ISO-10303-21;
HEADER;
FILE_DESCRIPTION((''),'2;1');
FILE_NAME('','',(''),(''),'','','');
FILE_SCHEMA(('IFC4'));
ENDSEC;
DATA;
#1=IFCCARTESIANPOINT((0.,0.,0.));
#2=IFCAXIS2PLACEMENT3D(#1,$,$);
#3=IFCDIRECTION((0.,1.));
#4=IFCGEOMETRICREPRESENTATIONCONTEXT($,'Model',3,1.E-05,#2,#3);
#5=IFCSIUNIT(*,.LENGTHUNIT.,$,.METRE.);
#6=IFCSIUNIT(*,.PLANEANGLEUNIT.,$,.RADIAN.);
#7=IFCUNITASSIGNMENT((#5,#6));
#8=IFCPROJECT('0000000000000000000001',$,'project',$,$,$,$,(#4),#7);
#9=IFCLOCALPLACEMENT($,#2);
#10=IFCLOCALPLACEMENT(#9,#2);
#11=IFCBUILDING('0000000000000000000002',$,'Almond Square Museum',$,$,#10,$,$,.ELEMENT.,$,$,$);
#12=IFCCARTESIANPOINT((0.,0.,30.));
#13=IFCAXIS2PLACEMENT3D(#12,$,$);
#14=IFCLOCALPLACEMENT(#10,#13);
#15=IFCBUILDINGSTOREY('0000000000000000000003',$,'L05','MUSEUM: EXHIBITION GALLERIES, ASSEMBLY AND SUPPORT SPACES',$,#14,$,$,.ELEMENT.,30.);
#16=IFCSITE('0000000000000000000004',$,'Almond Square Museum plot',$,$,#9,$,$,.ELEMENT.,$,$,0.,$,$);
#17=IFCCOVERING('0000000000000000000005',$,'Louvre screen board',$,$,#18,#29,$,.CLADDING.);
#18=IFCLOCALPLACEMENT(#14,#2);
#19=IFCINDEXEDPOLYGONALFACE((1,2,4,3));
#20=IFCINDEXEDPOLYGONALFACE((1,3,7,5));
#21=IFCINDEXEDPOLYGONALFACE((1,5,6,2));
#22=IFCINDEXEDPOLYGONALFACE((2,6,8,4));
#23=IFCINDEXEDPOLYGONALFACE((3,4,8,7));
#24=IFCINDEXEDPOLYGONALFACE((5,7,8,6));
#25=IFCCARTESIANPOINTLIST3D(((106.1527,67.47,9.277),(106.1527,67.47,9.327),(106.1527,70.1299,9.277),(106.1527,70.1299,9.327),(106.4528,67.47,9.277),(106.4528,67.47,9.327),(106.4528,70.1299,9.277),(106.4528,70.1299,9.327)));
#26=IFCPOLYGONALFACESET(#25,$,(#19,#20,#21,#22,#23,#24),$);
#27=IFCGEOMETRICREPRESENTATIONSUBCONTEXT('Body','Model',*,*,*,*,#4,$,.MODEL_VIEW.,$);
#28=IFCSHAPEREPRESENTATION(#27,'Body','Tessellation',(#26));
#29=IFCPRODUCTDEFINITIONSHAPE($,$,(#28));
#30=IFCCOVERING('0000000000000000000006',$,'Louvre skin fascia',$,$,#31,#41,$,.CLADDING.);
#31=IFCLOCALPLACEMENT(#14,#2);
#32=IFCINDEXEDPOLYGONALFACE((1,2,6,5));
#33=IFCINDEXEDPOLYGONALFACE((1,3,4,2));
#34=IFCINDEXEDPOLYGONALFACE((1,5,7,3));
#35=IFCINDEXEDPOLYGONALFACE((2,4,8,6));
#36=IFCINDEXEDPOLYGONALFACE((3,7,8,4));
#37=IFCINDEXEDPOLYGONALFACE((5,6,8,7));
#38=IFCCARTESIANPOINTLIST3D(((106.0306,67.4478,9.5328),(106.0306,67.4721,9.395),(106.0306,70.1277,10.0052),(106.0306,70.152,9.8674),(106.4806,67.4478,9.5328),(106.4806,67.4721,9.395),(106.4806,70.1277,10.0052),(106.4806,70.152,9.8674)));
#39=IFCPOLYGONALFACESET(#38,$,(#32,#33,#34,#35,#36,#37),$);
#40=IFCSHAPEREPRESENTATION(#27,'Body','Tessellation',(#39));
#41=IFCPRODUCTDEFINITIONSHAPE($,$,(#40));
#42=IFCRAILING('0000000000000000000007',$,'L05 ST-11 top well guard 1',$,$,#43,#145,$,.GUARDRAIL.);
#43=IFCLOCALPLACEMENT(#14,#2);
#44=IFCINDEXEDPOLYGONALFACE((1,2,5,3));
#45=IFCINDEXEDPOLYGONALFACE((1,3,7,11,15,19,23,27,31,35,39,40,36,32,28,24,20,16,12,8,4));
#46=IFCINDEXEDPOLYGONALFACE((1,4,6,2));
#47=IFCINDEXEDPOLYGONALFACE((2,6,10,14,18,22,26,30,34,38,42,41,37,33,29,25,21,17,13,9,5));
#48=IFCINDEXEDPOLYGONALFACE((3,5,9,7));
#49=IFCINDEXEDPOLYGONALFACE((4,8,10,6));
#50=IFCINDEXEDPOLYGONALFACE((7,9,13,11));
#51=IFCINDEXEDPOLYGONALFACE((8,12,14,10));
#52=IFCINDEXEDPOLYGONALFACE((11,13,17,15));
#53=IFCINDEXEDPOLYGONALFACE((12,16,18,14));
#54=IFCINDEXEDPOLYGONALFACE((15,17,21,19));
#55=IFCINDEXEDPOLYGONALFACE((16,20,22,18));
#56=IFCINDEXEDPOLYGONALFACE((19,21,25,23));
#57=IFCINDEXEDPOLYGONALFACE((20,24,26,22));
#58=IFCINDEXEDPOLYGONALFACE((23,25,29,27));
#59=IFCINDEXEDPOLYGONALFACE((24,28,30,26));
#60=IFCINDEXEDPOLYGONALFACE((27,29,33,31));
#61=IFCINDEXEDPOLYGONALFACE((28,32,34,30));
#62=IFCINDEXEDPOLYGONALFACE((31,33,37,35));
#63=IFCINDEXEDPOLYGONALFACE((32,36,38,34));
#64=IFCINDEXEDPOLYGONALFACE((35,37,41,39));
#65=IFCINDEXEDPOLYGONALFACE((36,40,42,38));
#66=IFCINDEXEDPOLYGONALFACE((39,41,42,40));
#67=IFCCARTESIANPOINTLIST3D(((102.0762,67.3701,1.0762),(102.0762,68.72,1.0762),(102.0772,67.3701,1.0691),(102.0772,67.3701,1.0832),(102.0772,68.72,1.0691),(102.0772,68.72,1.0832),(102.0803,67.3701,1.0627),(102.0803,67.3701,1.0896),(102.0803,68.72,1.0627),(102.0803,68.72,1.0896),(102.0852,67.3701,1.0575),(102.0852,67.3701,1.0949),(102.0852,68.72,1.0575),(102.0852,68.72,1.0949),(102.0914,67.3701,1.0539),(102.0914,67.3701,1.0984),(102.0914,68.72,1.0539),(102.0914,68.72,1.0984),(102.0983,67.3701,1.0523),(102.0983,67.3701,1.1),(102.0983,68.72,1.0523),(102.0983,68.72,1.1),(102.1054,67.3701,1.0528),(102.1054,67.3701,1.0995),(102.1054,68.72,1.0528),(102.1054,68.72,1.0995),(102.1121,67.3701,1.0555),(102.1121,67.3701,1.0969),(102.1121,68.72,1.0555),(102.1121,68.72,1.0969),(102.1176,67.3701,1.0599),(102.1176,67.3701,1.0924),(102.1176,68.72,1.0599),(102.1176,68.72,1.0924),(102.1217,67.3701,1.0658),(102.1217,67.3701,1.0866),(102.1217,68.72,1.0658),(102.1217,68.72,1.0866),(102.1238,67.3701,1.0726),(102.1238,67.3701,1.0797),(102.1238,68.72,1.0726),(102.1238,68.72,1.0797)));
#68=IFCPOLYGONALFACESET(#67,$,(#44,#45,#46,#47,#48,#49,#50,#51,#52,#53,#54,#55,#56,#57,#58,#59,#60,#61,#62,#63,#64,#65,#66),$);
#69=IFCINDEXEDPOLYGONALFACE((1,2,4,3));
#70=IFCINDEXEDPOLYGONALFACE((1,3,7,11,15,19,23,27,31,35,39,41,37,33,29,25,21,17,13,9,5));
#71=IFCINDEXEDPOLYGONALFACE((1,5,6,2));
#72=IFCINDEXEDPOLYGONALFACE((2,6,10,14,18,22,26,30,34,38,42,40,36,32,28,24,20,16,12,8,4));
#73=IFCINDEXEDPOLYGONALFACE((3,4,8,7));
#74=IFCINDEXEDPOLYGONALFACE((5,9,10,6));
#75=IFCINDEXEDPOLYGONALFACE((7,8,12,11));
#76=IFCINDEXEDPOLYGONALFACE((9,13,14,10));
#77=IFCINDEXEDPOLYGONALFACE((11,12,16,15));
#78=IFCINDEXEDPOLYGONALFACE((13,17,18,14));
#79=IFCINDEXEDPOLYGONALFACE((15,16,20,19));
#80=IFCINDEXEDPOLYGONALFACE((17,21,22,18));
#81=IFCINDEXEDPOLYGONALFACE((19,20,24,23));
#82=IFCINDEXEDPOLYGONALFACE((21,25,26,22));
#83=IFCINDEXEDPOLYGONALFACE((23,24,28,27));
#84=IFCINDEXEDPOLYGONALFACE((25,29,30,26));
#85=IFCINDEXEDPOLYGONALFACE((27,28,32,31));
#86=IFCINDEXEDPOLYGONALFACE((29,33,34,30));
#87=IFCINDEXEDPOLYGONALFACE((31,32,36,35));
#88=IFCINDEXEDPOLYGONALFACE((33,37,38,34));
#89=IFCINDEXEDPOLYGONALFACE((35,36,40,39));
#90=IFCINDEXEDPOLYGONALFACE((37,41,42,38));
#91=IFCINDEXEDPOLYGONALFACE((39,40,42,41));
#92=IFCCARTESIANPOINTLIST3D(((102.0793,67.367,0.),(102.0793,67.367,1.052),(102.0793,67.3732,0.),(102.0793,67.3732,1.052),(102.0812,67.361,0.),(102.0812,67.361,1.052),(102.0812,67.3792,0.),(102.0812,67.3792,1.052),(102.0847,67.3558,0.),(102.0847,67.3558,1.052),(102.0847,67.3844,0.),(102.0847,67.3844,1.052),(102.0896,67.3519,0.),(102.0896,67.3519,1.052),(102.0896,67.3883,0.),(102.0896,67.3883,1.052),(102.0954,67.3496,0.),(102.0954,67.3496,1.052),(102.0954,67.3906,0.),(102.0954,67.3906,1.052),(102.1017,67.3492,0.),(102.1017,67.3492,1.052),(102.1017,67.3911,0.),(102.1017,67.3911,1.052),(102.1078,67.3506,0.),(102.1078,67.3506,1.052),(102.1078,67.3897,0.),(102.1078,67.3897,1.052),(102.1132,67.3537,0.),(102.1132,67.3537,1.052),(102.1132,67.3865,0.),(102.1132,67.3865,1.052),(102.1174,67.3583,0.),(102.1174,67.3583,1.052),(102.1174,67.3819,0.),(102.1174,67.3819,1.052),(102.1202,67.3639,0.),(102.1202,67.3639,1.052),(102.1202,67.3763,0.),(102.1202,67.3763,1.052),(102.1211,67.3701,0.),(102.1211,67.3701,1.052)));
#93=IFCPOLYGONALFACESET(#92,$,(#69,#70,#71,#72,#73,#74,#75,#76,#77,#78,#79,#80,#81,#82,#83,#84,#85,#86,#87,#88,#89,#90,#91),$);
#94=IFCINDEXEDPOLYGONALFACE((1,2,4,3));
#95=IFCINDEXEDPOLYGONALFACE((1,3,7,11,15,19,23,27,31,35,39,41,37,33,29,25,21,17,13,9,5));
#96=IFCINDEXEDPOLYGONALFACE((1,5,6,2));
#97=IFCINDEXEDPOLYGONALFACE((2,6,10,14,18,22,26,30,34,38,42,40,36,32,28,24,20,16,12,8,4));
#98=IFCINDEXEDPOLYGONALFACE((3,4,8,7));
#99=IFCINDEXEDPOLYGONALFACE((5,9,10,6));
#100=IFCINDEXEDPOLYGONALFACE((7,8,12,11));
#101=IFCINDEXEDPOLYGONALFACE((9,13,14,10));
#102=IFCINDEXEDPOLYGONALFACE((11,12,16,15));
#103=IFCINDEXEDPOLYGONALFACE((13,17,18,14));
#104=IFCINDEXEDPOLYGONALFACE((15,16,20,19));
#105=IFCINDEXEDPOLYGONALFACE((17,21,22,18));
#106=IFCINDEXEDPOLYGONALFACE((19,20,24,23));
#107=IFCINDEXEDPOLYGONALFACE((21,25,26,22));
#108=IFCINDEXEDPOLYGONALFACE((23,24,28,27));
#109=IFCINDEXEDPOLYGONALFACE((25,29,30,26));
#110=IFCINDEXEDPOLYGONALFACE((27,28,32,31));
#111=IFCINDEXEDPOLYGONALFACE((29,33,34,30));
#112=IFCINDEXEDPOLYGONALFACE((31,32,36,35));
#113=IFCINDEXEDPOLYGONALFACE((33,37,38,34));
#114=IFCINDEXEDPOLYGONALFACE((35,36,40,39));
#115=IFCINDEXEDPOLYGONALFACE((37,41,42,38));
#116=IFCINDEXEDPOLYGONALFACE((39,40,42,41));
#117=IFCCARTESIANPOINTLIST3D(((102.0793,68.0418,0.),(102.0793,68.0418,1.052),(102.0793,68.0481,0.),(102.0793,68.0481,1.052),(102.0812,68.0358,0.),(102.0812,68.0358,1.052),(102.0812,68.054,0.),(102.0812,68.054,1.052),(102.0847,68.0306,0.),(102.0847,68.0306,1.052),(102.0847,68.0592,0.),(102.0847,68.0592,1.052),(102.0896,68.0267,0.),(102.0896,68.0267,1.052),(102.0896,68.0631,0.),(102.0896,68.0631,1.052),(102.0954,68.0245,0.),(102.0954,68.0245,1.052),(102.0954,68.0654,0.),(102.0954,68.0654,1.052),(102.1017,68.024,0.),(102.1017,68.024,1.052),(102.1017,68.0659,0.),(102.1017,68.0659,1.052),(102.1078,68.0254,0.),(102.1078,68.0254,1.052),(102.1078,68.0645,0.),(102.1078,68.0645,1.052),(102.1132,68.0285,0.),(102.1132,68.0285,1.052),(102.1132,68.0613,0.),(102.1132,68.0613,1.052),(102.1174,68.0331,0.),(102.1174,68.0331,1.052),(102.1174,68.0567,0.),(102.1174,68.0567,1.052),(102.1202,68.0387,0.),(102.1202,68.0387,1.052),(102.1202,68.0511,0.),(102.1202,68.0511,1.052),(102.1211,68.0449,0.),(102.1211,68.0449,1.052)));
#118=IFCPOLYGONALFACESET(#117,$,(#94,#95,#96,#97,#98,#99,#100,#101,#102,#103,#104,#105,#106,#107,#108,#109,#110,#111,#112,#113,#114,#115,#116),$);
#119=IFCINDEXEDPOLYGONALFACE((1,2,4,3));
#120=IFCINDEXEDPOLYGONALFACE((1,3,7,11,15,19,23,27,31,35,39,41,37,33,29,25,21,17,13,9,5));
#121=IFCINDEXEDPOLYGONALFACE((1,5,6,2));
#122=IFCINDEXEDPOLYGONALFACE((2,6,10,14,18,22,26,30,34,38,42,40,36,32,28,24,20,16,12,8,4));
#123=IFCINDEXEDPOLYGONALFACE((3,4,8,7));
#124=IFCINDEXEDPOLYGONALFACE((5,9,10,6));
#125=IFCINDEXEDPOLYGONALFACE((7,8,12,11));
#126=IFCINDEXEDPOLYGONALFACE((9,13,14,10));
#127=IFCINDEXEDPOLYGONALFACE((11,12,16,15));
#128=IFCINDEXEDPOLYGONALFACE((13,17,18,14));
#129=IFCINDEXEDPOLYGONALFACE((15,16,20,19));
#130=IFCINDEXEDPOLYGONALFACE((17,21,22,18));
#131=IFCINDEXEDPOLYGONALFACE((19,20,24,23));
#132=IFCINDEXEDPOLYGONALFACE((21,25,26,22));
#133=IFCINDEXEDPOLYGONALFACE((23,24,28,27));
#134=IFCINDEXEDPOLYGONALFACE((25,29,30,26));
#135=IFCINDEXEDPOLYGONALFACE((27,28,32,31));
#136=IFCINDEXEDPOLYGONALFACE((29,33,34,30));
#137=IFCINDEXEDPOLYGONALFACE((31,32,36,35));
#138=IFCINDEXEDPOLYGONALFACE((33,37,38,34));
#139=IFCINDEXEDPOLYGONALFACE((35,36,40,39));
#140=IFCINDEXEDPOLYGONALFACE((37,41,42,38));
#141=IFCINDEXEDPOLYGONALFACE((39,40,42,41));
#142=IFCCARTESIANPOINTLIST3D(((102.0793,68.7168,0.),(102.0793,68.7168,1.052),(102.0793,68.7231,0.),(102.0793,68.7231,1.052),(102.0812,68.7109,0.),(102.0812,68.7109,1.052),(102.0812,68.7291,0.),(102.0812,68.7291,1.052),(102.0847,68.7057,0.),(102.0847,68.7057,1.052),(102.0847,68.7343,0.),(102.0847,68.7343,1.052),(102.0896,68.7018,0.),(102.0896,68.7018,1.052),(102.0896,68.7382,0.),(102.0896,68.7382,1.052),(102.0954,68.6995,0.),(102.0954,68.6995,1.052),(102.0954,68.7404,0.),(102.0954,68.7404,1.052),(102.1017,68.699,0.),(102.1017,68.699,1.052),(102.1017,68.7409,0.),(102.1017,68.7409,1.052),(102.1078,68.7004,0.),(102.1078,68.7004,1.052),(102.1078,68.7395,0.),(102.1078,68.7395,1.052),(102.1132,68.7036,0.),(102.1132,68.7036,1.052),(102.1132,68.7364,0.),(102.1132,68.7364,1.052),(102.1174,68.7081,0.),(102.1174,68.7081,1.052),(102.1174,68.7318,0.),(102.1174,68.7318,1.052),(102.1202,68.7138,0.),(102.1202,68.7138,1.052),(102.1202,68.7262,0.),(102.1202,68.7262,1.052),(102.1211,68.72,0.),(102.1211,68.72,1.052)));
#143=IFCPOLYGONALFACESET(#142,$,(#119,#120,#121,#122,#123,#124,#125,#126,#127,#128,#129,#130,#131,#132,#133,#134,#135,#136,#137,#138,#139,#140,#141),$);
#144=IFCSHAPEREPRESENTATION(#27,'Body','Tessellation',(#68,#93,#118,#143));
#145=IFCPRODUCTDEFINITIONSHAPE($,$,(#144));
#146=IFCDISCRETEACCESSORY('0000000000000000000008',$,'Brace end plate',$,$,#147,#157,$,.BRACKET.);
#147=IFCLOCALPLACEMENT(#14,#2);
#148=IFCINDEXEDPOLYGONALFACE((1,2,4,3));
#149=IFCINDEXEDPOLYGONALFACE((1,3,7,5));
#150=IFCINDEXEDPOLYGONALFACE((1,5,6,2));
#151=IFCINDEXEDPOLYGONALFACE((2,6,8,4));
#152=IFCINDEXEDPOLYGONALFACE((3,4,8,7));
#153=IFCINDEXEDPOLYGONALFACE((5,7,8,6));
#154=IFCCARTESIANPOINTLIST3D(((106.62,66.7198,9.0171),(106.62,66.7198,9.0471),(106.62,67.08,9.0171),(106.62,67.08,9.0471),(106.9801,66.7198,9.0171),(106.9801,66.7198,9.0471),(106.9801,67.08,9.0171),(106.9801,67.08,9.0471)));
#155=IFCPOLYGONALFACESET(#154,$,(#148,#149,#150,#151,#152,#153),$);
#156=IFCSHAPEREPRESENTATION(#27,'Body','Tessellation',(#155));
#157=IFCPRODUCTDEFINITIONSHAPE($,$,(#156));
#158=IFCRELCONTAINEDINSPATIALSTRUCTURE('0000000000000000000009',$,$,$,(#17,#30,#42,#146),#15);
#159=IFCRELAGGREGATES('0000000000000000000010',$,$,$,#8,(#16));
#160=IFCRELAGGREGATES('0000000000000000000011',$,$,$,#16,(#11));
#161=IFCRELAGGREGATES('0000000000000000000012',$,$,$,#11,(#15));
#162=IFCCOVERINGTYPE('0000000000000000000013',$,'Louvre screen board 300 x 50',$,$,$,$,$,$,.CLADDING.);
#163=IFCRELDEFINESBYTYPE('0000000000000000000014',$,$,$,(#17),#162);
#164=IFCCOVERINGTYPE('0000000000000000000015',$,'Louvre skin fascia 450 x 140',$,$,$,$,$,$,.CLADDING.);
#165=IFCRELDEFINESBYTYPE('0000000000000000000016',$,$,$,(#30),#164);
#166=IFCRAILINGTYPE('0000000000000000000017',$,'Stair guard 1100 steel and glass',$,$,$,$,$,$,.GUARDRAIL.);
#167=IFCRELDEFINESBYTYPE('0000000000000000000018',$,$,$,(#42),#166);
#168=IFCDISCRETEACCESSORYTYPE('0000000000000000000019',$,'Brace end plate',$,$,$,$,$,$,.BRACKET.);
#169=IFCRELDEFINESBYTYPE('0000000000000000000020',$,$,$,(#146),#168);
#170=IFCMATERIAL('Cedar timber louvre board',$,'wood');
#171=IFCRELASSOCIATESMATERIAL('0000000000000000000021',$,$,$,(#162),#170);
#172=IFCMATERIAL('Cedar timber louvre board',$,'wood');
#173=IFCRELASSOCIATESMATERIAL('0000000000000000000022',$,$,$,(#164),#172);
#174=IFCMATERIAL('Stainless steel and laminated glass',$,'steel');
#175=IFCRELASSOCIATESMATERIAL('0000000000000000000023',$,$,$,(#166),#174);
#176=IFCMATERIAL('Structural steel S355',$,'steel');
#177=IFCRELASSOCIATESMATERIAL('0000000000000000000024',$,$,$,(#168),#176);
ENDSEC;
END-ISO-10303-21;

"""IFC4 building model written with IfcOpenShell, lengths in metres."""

from ifc_helpers import new_model, si_unit, direction, frame, origin, origin_2d, place, context, subcontext, project, spatial, rectangle, circle, extrude, material, material_profile, profile_set, type_object, element, save


model = new_model("IFC4")

# Units and contexts
model_context = context("Model", 3, precision=1e-05, world=origin(), true_north=direction((0.0, 1.0)))
body_context = subcontext(model_context, "Body", "Model", "MODEL_VIEW")
ifc_project = project(units=[si_unit("LENGTHUNIT", "METRE"), si_unit("PLANEANGLEUNIT", "RADIAN")], contexts=[model_context])

# Site, building, storey
site_placement = place(None, origin())
site = spatial("IfcSite", under=ifc_project, at=site_placement, Name="Almond Square Museum plot", CompositionType="ELEMENT", RefElevation=0.0)
building_placement = place(site_placement, origin())
building = spatial("IfcBuilding", under=site, at=building_placement, Name="Almond Square Museum", CompositionType="ELEMENT")
storey_placement = place(building_placement, frame((0.0, 0.0, 30.0)))
storey = spatial("IfcBuildingStorey", under=building, at=storey_placement, Name="L05", Description="MUSEUM: EXHIBITION GALLERIES, ASSEMBLY AND SUPPORT SPACES", CompositionType="ELEMENT", Elevation=30.0)

# Coverings
ifc_material_1 = material(Name="Cedar timber louvre board", Category="wood")
ifc_material_profile_1 = material_profile(ifc_material_1, rectangle(XDim=0.3, YDim=0.05, at=origin_2d()))
ifc_profile_set_1 = profile_set([ifc_material_profile_1], Name="Cedar timber louvre board")
covering_type_1 = type_object("IfcCoveringType", Name="Louvre screen board 300 x 50", PredefinedType="CLADDING", material=ifc_profile_set_1)
for number, where, z_axis, x_axis, name in (
    (1, (106.3027, 67.47, 9.302), (0.0, 1.0, 0.0), (-1.0, 0.0, 0.0), "Louvre screen board"),
):
    element("IfcCovering", number, at=place(storey_placement, frame(where, z_axis=z_axis, x_axis=x_axis)), inside=storey, type_object=covering_type_1, Name=name, PredefinedType="CLADDING", context=body_context, shape_type="SweptSolid", body=[
        extrude(rectangle(XDim=0.3, YDim=0.05, at=origin_2d()), origin(), (0.0, 0.0, 1.0), 2.6599),
    ])
ifc_material_2 = material(Name="Cedar timber louvre board", Category="wood")
ifc_material_profile_2 = material_profile(ifc_material_2, rectangle(XDim=0.45, YDim=0.1399, at=origin_2d()))
ifc_profile_set_2 = profile_set([ifc_material_profile_2], Name="Cedar timber louvre board")
covering_type_2 = type_object("IfcCoveringType", Name="Louvre skin fascia 450 x 140", PredefinedType="CLADDING", material=ifc_profile_set_2)
covering_1_placement = place(storey_placement, frame((106.2556, 67.46, 9.4639), z_axis=(0.0, 0.984816, 0.173601), x_axis=(-1.0, 0.0, 0.0)))
element("IfcCovering", 2, at=covering_1_placement, inside=storey, type_object=covering_type_2, Name="Louvre skin fascia", PredefinedType="CLADDING", context=body_context, shape_type="SweptSolid", body=[
    extrude(rectangle(XDim=0.45, YDim=0.1399, at=origin_2d()), origin(), (0.0, 0.0, 1.0), 2.7212),
])

# Railing
ifc_material_3 = material(Name="Stainless steel and laminated glass", Category="steel")
railing_type = type_object("IfcRailingType", Name="Stair guard 1100 steel and glass", PredefinedType="GUARDRAIL", material=ifc_material_3)
railing_placement = place(storey_placement, frame((102.1001, 67.3701, 0.0)))
element("IfcRailing", 3, at=railing_placement, inside=storey, type_object=railing_type, Name="L05 ST-11 top well guard 1", PredefinedType="GUARDRAIL", context=body_context, shape_type="SweptSolid", body=[
    extrude(circle(Radius=0.0239, at=origin_2d()), frame((0.0, 0.0, 1.0762), z_axis=(0.0, 1.0, 0.0), x_axis=(-1.0, 0.0, 0.0)), (0.0, 0.0, 1.0), 1.3499),
    extrude(circle(Radius=0.021, at=origin_2d()), origin(), (0.0, 0.0, 1.0), 1.052),
    extrude(circle(Radius=0.021, at=origin_2d()), frame((0.0, 0.6748, 0.0)), (0.0, 0.0, 1.0), 1.052),
    extrude(circle(Radius=0.021, at=origin_2d()), frame((0.0, 1.3499, 0.0)), (0.0, 0.0, 1.0), 1.052),
])

# Discrete accessory
ifc_material_4 = material(Name="Structural steel S355", Category="steel")
discrete_accessory_type = type_object("IfcDiscreteAccessoryType", Name="Brace end plate", PredefinedType="BRACKET", material=ifc_material_4)
discrete_accessory_placement = place(storey_placement, frame((106.8, 66.8999, 9.0171), z_axis=(0.0, 0.0, 1.0), x_axis=(1.0, 0.0, 0.0)))
element("IfcDiscreteAccessory", 4, at=discrete_accessory_placement, inside=storey, type_object=discrete_accessory_type, Name="Brace end plate", PredefinedType="BRACKET", context=body_context, shape_type="SweptSolid", body=[
    extrude(rectangle(XDim=0.3601, YDim=0.3601, at=origin_2d()), origin(), (0.0, 0.0, 1.0), 0.03),
])

save(model, "model.ifc")
